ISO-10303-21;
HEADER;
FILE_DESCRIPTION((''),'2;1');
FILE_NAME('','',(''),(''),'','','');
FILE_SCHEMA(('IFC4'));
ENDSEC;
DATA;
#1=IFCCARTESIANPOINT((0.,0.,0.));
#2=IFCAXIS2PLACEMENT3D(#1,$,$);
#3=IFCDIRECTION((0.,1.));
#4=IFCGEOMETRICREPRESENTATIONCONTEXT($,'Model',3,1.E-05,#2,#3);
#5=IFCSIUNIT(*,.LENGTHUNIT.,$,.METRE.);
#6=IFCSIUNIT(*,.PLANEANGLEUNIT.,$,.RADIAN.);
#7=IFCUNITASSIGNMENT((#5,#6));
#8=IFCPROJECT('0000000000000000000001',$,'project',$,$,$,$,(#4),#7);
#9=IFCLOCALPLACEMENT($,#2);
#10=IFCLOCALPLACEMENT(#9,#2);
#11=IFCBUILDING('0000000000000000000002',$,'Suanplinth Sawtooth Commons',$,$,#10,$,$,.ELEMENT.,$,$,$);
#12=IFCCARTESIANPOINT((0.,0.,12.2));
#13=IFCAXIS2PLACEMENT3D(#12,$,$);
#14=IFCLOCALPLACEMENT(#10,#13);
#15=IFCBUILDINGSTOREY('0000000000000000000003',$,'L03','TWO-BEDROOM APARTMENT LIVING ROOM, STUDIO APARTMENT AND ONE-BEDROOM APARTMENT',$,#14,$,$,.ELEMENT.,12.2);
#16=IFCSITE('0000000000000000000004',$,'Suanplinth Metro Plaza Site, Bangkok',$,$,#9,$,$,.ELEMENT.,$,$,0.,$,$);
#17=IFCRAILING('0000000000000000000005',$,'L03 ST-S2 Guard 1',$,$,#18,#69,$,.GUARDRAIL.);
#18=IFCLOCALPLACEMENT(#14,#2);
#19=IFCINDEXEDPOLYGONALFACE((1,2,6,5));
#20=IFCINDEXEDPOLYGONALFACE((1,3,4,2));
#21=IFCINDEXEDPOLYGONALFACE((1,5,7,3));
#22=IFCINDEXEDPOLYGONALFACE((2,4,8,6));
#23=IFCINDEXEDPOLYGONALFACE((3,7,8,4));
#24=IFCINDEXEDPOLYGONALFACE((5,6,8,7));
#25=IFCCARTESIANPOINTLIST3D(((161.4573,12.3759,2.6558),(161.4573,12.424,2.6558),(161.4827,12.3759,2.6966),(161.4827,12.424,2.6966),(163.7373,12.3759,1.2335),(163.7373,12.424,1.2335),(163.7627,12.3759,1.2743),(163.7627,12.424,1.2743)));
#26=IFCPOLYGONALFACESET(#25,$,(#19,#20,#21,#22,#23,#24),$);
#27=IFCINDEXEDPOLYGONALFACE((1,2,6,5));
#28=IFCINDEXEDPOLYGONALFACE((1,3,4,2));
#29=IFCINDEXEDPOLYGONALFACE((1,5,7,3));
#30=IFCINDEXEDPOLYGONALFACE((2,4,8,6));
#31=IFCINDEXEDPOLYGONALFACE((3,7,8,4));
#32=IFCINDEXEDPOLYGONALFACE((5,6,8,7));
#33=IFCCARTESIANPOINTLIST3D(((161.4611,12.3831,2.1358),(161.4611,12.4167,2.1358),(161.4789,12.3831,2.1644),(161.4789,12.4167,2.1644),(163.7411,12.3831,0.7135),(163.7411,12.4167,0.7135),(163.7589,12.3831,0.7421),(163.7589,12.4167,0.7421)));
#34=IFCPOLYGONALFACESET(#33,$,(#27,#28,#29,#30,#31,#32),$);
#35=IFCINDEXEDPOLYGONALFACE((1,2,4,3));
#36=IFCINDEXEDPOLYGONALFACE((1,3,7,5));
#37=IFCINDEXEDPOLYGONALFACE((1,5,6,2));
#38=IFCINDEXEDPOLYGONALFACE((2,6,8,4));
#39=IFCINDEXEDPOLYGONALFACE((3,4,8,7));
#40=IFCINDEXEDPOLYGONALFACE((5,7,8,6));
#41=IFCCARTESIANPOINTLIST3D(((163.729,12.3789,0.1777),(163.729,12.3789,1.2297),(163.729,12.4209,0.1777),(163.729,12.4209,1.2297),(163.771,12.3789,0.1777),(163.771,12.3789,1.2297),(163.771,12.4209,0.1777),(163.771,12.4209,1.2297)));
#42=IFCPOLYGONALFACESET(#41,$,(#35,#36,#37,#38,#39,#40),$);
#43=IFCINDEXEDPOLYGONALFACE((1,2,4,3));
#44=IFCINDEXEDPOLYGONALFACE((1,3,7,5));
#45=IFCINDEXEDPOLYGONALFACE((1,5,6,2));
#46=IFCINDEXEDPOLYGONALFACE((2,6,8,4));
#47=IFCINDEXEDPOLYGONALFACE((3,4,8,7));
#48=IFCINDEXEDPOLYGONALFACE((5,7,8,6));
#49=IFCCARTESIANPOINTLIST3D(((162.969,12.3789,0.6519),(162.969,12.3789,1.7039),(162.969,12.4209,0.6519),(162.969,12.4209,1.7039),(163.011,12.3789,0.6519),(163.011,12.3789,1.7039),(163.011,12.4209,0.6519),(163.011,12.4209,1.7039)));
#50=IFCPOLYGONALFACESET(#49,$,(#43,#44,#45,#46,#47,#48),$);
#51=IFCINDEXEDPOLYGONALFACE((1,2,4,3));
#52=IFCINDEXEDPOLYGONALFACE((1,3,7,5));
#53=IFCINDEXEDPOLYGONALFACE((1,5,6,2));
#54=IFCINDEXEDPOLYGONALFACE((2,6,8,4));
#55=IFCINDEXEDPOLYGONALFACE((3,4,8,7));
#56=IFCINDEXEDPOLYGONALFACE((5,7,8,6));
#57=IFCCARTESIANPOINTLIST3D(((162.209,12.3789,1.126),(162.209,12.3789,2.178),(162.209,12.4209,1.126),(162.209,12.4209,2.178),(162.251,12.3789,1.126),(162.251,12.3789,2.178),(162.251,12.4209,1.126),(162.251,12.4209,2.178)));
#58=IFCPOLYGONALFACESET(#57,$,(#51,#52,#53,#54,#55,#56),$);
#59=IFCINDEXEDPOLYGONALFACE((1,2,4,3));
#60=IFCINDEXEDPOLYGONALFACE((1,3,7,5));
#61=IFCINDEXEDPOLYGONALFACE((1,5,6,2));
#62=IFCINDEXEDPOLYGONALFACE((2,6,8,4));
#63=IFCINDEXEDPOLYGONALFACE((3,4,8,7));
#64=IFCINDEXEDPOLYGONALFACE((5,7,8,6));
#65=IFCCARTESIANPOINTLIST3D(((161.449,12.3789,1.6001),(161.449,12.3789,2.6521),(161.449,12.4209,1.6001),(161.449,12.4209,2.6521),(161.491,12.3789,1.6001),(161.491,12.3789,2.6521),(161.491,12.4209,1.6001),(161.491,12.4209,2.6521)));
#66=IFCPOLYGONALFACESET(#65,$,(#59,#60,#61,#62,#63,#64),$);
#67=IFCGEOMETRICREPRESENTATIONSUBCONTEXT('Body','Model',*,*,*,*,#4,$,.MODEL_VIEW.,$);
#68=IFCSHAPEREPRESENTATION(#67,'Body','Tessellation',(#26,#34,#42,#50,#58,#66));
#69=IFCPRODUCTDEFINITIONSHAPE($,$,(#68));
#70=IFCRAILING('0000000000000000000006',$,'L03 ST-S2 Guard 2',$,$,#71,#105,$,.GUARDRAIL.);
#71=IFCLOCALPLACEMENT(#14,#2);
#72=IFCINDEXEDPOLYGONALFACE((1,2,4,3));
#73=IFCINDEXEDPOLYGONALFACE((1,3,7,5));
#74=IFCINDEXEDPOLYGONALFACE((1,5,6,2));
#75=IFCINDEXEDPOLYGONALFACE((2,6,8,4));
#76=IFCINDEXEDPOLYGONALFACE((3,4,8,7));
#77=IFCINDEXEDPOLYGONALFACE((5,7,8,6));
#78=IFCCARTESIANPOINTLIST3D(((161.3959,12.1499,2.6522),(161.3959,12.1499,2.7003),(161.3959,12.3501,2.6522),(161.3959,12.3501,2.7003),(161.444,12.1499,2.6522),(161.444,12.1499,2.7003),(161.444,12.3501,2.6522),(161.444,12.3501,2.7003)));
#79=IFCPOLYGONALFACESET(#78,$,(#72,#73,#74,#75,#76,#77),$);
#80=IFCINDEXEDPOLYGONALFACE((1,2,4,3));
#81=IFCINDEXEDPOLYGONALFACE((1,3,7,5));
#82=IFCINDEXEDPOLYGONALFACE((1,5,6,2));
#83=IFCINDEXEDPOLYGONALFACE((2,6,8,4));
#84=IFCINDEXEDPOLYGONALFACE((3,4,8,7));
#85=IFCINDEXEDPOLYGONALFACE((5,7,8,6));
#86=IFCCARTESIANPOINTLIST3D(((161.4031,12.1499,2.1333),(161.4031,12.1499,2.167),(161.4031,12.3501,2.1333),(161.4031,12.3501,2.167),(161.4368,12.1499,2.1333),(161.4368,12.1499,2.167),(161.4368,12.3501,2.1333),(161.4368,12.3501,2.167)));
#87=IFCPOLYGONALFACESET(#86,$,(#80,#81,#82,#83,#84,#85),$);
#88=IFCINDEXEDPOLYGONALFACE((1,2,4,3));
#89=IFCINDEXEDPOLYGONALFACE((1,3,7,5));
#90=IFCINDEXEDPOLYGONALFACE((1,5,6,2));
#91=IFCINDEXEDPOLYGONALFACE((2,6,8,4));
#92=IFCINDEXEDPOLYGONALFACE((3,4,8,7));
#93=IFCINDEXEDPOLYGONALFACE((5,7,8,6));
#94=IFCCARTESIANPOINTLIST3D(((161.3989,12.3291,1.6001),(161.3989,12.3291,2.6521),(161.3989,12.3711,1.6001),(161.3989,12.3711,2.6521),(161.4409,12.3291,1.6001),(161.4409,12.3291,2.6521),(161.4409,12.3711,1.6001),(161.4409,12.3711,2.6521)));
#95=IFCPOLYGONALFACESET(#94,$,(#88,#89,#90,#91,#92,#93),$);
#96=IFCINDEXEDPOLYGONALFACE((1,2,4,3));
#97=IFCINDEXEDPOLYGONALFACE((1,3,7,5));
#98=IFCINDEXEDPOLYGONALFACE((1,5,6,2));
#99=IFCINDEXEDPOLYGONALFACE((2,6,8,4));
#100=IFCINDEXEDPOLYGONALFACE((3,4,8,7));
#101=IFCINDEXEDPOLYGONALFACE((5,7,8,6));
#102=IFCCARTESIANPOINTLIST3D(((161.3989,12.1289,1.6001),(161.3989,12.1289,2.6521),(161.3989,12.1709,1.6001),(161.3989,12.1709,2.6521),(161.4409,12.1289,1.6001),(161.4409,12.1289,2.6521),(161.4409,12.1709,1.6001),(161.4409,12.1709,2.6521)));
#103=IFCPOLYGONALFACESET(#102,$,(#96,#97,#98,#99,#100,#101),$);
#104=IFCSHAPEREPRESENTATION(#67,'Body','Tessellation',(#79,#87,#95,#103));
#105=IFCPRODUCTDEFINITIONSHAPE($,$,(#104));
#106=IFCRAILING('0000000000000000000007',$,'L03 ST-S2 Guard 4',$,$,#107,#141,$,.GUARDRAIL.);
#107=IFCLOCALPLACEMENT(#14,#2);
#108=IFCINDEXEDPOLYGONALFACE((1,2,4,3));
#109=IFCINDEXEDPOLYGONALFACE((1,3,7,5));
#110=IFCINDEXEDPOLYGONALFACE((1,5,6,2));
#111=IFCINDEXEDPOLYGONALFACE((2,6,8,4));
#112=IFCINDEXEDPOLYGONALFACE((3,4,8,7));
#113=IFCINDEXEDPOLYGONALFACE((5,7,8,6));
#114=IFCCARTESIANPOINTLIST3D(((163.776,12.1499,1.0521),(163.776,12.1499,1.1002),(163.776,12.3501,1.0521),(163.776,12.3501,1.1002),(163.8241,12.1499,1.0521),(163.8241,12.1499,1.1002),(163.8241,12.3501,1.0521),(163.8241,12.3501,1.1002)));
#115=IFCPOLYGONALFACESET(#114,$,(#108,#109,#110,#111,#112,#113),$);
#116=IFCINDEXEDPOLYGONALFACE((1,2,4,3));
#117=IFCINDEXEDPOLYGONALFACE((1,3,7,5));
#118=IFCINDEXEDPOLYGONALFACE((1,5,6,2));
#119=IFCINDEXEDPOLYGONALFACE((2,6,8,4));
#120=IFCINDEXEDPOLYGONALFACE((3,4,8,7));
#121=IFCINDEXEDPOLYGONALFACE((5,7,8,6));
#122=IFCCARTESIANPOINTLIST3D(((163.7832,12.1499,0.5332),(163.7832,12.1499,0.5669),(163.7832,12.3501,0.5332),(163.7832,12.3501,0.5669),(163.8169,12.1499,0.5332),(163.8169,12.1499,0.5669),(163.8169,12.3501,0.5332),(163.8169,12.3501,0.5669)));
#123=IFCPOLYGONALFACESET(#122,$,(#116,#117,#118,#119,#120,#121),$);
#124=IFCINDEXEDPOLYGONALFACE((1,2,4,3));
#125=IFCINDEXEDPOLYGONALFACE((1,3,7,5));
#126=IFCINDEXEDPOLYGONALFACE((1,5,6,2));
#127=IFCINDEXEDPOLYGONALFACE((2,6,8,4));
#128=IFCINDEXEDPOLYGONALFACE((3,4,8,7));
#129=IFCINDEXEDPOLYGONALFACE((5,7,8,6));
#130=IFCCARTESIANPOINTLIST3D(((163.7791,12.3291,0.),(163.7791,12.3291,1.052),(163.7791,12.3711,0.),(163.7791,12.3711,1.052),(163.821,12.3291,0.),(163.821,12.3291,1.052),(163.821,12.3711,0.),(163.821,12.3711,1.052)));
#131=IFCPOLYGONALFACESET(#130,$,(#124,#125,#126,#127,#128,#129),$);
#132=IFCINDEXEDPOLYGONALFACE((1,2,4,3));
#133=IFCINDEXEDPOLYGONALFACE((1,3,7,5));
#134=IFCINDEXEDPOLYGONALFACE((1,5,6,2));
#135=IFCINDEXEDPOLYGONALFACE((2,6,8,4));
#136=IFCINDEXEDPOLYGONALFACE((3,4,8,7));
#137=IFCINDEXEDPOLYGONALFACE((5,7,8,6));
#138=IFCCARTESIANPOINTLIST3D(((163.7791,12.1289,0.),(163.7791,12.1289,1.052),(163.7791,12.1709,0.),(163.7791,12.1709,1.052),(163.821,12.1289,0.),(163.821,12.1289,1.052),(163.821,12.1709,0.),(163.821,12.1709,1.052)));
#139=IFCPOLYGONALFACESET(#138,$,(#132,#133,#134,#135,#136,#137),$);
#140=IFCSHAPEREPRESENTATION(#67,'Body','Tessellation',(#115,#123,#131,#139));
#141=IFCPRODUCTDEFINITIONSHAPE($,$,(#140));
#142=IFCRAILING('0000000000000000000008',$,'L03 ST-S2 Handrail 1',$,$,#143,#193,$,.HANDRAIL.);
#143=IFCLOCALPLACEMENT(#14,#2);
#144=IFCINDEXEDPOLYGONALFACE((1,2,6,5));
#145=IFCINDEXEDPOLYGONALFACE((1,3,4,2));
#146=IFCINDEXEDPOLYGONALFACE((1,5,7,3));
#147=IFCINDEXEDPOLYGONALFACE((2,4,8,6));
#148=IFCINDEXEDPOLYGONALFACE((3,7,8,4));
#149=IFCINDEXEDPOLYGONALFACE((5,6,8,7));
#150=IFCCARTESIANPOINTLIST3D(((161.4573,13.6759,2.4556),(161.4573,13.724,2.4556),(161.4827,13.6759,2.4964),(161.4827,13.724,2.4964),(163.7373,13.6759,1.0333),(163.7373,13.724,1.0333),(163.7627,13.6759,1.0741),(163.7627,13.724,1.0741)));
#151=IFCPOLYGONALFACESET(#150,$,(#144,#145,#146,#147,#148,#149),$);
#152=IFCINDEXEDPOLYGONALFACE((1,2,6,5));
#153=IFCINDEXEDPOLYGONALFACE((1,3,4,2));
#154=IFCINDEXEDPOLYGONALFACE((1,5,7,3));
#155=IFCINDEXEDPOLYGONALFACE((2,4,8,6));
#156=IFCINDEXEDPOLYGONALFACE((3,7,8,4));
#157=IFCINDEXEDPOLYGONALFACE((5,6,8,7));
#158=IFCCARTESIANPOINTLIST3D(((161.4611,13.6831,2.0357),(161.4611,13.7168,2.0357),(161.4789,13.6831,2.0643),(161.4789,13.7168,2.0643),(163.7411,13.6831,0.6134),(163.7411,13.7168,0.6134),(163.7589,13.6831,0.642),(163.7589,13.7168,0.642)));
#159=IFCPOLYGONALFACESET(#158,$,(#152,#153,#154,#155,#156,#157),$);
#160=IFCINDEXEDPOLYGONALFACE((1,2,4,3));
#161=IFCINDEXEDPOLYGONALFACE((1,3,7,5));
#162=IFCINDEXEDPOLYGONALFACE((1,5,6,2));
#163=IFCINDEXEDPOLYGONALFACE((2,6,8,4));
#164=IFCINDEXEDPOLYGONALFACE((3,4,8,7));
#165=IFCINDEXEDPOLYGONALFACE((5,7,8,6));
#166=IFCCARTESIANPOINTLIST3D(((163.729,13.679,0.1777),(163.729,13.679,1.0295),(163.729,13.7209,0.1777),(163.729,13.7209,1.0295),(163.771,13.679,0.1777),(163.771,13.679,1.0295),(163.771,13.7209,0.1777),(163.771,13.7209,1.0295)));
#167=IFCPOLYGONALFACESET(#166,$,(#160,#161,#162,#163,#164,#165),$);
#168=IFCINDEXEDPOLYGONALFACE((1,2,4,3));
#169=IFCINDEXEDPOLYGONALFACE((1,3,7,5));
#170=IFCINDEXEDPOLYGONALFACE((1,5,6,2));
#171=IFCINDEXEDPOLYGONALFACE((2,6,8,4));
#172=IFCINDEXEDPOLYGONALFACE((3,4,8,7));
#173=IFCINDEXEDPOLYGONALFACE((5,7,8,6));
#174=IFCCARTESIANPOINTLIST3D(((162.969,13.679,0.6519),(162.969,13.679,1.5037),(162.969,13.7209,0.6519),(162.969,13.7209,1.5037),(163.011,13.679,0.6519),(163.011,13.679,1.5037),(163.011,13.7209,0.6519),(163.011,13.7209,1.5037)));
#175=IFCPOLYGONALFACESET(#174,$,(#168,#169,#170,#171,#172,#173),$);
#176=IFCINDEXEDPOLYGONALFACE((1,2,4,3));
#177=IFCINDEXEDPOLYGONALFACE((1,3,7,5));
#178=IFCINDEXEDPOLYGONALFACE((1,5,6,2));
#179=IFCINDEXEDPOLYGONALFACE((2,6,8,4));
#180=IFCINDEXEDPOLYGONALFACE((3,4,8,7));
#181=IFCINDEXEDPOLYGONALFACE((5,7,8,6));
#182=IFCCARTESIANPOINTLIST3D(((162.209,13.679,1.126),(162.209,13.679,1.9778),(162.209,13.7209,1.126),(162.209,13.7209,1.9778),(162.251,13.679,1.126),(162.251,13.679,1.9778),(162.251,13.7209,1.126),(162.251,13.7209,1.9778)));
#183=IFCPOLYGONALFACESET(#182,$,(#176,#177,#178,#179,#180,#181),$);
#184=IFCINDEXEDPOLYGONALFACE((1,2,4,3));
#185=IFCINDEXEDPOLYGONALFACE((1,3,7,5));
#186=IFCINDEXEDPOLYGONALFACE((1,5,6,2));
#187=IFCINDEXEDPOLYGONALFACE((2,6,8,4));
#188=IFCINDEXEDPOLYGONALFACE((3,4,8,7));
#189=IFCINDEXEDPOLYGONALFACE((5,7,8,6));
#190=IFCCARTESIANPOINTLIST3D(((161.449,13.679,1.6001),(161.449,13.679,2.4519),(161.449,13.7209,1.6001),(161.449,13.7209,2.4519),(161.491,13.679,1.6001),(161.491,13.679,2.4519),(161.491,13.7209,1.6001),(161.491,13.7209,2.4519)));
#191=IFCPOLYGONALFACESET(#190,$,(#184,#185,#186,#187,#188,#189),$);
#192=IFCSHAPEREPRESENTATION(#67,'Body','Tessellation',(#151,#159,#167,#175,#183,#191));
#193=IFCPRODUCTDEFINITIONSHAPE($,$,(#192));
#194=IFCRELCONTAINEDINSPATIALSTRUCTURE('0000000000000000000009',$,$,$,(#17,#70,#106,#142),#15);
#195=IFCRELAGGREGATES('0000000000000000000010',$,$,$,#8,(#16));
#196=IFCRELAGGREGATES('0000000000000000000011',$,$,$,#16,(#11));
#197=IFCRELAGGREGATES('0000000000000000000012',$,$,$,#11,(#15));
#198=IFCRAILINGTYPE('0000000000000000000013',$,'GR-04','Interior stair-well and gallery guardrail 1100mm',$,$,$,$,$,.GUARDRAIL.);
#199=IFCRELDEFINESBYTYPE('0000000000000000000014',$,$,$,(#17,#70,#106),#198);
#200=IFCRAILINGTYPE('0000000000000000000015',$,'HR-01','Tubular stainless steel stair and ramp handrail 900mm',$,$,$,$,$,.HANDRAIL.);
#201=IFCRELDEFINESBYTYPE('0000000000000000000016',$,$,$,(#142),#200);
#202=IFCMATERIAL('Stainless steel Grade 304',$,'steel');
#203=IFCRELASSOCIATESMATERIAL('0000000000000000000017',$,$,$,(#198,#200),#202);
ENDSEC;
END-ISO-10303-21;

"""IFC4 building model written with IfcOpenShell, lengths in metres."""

from ifc_helpers import new_model, si_unit, direction, frame, origin, origin_2d, place, context, subcontext, project, spatial, rectangle, extrude, material, type_object, element, save


model = new_model("IFC4")

# Units and contexts
model_context = context("Model", 3, precision=1e-05, world=origin(), true_north=direction((0.0, 1.0)))
body_context = subcontext(model_context, "Body", "Model", "MODEL_VIEW")
ifc_project = project(units=[si_unit("LENGTHUNIT", "METRE"), si_unit("PLANEANGLEUNIT", "RADIAN")], contexts=[model_context])

# Site, building, storey
site_placement = place(None, origin())
site = spatial("IfcSite", under=ifc_project, at=site_placement, Name="Suanplinth Metro Plaza Site, Bangkok", CompositionType="ELEMENT", RefElevation=0.0)
building_placement = place(site_placement, origin())
building = spatial("IfcBuilding", under=site, at=building_placement, Name="Suanplinth Sawtooth Commons", CompositionType="ELEMENT")
storey_placement = place(building_placement, frame((0.0, 0.0, 12.2)))
storey = spatial("IfcBuildingStorey", under=building, at=storey_placement, Name="L03", Description="TWO-BEDROOM APARTMENT LIVING ROOM, STUDIO APARTMENT AND ONE-BEDROOM APARTMENT", CompositionType="ELEMENT", Elevation=12.2)

# Railings
ifc_material_1 = material(Name="Stainless steel Grade 304", Category="steel")
railing_type_1 = type_object("IfcRailingType", Name="GR-04", Description="Interior stair-well and gallery guardrail 1100mm", PredefinedType="GUARDRAIL", material=ifc_material_1)
railing_1_placement = place(storey_placement, frame((163.75, 12.3999, 0.1777)))
element("IfcRailing", 1, at=railing_1_placement, inside=storey, type_object=railing_type_1, Name="L03 ST-S2 Guard 1", PredefinedType="GUARDRAIL", context=body_context, shape_type="SweptSolid", body=[
    extrude(rectangle(XDim=0.0481, YDim=0.0481, at=origin_2d()), frame((0.0, 0.0, 1.0762), z_axis=(-0.848442, 0.0, 0.529288), x_axis=(0.0, -1.0, 0.0)), (0.0, 0.0, 1.0), 2.6873),
    extrude(rectangle(XDim=0.0337, YDim=0.0337, at=origin_2d()), frame((0.0, 0.0, 0.55), z_axis=(-0.848442, 0.0, 0.529288), x_axis=(0.0, -1.0, 0.0)), (0.0, 0.0, 1.0), 2.6873),
    extrude(rectangle(XDim=0.042, YDim=0.042, at=origin_2d()), origin(), (0.0, 0.0, 1.0), 1.052),
    extrude(rectangle(XDim=0.042, YDim=0.042, at=origin_2d()), frame((-0.76, 0.0, 0.4741)), (0.0, 0.0, 1.0), 1.052),
    extrude(rectangle(XDim=0.042, YDim=0.042, at=origin_2d()), frame((-1.52, 0.0, 0.9482)), (0.0, 0.0, 1.0), 1.052),
    extrude(rectangle(XDim=0.042, YDim=0.042, at=origin_2d()), frame((-2.28, 0.0, 1.4224)), (0.0, 0.0, 1.0), 1.052),
])
for number, where, name in (
    (2, (161.4199, 12.3501, 1.6001), "L03 ST-S2 Guard 2"),
    (3, (163.8, 12.3501, 0.0), "L03 ST-S2 Guard 4"),
):
    element("IfcRailing", number, at=place(storey_placement, frame(where)), inside=storey, type_object=railing_type_1, Name=name, PredefinedType="GUARDRAIL", context=body_context, shape_type="SweptSolid", body=[
        extrude(rectangle(XDim=0.0481, YDim=0.0481, at=origin_2d()), frame((0.0, 0.0, 1.0762), z_axis=(0.0, -1.0, 0.0), x_axis=(1.0, 0.0, 0.0)), (0.0, 0.0, 1.0), 0.2002),
        extrude(rectangle(XDim=0.0337, YDim=0.0337, at=origin_2d()), frame((0.0, 0.0, 0.55), z_axis=(0.0, -1.0, 0.0), x_axis=(1.0, 0.0, 0.0)), (0.0, 0.0, 1.0), 0.2002),
        extrude(rectangle(XDim=0.042, YDim=0.042, at=origin_2d()), origin(), (0.0, 0.0, 1.0), 1.052),
        extrude(rectangle(XDim=0.042, YDim=0.042, at=origin_2d()), frame((0.0, -0.2002, 0.0)), (0.0, 0.0, 1.0), 1.052),
    ])
railing_type_2 = type_object("IfcRailingType", Name="HR-01", Description="Tubular stainless steel stair and ramp handrail 900mm", PredefinedType="HANDRAIL", material=ifc_material_1)
railing_2_placement = place(storey_placement, frame((163.75, 13.7, 0.1777)))
element("IfcRailing", 4, at=railing_2_placement, inside=storey, type_object=railing_type_2, Name="L03 ST-S2 Handrail 1", PredefinedType="HANDRAIL", context=body_context, shape_type="SweptSolid", body=[
    extrude(rectangle(XDim=0.0481, YDim=0.0481, at=origin_2d()), frame((0.0, 0.0, 0.876), z_axis=(-0.848442, 0.0, 0.529288), x_axis=(0.0, -1.0, 0.0)), (0.0, 0.0, 1.0), 2.6873),
    extrude(rectangle(XDim=0.0337, YDim=0.0337, at=origin_2d()), frame((0.0, 0.0, 0.45), z_axis=(-0.848442, 0.0, 0.529288), x_axis=(0.0, -1.0, 0.0)), (0.0, 0.0, 1.0), 2.6873),
    extrude(rectangle(XDim=0.042, YDim=0.042, at=origin_2d()), origin(), (0.0, 0.0, 1.0), 0.8518),
    extrude(rectangle(XDim=0.042, YDim=0.042, at=origin_2d()), frame((-0.76, 0.0, 0.4741)), (0.0, 0.0, 1.0), 0.8518),
    extrude(rectangle(XDim=0.042, YDim=0.042, at=origin_2d()), frame((-1.52, 0.0, 0.9482)), (0.0, 0.0, 1.0), 0.8518),
    extrude(rectangle(XDim=0.042, YDim=0.042, at=origin_2d()), frame((-2.28, 0.0, 1.4224)), (0.0, 0.0, 1.0), 0.8518),
])

save(model, "model.ifc")
